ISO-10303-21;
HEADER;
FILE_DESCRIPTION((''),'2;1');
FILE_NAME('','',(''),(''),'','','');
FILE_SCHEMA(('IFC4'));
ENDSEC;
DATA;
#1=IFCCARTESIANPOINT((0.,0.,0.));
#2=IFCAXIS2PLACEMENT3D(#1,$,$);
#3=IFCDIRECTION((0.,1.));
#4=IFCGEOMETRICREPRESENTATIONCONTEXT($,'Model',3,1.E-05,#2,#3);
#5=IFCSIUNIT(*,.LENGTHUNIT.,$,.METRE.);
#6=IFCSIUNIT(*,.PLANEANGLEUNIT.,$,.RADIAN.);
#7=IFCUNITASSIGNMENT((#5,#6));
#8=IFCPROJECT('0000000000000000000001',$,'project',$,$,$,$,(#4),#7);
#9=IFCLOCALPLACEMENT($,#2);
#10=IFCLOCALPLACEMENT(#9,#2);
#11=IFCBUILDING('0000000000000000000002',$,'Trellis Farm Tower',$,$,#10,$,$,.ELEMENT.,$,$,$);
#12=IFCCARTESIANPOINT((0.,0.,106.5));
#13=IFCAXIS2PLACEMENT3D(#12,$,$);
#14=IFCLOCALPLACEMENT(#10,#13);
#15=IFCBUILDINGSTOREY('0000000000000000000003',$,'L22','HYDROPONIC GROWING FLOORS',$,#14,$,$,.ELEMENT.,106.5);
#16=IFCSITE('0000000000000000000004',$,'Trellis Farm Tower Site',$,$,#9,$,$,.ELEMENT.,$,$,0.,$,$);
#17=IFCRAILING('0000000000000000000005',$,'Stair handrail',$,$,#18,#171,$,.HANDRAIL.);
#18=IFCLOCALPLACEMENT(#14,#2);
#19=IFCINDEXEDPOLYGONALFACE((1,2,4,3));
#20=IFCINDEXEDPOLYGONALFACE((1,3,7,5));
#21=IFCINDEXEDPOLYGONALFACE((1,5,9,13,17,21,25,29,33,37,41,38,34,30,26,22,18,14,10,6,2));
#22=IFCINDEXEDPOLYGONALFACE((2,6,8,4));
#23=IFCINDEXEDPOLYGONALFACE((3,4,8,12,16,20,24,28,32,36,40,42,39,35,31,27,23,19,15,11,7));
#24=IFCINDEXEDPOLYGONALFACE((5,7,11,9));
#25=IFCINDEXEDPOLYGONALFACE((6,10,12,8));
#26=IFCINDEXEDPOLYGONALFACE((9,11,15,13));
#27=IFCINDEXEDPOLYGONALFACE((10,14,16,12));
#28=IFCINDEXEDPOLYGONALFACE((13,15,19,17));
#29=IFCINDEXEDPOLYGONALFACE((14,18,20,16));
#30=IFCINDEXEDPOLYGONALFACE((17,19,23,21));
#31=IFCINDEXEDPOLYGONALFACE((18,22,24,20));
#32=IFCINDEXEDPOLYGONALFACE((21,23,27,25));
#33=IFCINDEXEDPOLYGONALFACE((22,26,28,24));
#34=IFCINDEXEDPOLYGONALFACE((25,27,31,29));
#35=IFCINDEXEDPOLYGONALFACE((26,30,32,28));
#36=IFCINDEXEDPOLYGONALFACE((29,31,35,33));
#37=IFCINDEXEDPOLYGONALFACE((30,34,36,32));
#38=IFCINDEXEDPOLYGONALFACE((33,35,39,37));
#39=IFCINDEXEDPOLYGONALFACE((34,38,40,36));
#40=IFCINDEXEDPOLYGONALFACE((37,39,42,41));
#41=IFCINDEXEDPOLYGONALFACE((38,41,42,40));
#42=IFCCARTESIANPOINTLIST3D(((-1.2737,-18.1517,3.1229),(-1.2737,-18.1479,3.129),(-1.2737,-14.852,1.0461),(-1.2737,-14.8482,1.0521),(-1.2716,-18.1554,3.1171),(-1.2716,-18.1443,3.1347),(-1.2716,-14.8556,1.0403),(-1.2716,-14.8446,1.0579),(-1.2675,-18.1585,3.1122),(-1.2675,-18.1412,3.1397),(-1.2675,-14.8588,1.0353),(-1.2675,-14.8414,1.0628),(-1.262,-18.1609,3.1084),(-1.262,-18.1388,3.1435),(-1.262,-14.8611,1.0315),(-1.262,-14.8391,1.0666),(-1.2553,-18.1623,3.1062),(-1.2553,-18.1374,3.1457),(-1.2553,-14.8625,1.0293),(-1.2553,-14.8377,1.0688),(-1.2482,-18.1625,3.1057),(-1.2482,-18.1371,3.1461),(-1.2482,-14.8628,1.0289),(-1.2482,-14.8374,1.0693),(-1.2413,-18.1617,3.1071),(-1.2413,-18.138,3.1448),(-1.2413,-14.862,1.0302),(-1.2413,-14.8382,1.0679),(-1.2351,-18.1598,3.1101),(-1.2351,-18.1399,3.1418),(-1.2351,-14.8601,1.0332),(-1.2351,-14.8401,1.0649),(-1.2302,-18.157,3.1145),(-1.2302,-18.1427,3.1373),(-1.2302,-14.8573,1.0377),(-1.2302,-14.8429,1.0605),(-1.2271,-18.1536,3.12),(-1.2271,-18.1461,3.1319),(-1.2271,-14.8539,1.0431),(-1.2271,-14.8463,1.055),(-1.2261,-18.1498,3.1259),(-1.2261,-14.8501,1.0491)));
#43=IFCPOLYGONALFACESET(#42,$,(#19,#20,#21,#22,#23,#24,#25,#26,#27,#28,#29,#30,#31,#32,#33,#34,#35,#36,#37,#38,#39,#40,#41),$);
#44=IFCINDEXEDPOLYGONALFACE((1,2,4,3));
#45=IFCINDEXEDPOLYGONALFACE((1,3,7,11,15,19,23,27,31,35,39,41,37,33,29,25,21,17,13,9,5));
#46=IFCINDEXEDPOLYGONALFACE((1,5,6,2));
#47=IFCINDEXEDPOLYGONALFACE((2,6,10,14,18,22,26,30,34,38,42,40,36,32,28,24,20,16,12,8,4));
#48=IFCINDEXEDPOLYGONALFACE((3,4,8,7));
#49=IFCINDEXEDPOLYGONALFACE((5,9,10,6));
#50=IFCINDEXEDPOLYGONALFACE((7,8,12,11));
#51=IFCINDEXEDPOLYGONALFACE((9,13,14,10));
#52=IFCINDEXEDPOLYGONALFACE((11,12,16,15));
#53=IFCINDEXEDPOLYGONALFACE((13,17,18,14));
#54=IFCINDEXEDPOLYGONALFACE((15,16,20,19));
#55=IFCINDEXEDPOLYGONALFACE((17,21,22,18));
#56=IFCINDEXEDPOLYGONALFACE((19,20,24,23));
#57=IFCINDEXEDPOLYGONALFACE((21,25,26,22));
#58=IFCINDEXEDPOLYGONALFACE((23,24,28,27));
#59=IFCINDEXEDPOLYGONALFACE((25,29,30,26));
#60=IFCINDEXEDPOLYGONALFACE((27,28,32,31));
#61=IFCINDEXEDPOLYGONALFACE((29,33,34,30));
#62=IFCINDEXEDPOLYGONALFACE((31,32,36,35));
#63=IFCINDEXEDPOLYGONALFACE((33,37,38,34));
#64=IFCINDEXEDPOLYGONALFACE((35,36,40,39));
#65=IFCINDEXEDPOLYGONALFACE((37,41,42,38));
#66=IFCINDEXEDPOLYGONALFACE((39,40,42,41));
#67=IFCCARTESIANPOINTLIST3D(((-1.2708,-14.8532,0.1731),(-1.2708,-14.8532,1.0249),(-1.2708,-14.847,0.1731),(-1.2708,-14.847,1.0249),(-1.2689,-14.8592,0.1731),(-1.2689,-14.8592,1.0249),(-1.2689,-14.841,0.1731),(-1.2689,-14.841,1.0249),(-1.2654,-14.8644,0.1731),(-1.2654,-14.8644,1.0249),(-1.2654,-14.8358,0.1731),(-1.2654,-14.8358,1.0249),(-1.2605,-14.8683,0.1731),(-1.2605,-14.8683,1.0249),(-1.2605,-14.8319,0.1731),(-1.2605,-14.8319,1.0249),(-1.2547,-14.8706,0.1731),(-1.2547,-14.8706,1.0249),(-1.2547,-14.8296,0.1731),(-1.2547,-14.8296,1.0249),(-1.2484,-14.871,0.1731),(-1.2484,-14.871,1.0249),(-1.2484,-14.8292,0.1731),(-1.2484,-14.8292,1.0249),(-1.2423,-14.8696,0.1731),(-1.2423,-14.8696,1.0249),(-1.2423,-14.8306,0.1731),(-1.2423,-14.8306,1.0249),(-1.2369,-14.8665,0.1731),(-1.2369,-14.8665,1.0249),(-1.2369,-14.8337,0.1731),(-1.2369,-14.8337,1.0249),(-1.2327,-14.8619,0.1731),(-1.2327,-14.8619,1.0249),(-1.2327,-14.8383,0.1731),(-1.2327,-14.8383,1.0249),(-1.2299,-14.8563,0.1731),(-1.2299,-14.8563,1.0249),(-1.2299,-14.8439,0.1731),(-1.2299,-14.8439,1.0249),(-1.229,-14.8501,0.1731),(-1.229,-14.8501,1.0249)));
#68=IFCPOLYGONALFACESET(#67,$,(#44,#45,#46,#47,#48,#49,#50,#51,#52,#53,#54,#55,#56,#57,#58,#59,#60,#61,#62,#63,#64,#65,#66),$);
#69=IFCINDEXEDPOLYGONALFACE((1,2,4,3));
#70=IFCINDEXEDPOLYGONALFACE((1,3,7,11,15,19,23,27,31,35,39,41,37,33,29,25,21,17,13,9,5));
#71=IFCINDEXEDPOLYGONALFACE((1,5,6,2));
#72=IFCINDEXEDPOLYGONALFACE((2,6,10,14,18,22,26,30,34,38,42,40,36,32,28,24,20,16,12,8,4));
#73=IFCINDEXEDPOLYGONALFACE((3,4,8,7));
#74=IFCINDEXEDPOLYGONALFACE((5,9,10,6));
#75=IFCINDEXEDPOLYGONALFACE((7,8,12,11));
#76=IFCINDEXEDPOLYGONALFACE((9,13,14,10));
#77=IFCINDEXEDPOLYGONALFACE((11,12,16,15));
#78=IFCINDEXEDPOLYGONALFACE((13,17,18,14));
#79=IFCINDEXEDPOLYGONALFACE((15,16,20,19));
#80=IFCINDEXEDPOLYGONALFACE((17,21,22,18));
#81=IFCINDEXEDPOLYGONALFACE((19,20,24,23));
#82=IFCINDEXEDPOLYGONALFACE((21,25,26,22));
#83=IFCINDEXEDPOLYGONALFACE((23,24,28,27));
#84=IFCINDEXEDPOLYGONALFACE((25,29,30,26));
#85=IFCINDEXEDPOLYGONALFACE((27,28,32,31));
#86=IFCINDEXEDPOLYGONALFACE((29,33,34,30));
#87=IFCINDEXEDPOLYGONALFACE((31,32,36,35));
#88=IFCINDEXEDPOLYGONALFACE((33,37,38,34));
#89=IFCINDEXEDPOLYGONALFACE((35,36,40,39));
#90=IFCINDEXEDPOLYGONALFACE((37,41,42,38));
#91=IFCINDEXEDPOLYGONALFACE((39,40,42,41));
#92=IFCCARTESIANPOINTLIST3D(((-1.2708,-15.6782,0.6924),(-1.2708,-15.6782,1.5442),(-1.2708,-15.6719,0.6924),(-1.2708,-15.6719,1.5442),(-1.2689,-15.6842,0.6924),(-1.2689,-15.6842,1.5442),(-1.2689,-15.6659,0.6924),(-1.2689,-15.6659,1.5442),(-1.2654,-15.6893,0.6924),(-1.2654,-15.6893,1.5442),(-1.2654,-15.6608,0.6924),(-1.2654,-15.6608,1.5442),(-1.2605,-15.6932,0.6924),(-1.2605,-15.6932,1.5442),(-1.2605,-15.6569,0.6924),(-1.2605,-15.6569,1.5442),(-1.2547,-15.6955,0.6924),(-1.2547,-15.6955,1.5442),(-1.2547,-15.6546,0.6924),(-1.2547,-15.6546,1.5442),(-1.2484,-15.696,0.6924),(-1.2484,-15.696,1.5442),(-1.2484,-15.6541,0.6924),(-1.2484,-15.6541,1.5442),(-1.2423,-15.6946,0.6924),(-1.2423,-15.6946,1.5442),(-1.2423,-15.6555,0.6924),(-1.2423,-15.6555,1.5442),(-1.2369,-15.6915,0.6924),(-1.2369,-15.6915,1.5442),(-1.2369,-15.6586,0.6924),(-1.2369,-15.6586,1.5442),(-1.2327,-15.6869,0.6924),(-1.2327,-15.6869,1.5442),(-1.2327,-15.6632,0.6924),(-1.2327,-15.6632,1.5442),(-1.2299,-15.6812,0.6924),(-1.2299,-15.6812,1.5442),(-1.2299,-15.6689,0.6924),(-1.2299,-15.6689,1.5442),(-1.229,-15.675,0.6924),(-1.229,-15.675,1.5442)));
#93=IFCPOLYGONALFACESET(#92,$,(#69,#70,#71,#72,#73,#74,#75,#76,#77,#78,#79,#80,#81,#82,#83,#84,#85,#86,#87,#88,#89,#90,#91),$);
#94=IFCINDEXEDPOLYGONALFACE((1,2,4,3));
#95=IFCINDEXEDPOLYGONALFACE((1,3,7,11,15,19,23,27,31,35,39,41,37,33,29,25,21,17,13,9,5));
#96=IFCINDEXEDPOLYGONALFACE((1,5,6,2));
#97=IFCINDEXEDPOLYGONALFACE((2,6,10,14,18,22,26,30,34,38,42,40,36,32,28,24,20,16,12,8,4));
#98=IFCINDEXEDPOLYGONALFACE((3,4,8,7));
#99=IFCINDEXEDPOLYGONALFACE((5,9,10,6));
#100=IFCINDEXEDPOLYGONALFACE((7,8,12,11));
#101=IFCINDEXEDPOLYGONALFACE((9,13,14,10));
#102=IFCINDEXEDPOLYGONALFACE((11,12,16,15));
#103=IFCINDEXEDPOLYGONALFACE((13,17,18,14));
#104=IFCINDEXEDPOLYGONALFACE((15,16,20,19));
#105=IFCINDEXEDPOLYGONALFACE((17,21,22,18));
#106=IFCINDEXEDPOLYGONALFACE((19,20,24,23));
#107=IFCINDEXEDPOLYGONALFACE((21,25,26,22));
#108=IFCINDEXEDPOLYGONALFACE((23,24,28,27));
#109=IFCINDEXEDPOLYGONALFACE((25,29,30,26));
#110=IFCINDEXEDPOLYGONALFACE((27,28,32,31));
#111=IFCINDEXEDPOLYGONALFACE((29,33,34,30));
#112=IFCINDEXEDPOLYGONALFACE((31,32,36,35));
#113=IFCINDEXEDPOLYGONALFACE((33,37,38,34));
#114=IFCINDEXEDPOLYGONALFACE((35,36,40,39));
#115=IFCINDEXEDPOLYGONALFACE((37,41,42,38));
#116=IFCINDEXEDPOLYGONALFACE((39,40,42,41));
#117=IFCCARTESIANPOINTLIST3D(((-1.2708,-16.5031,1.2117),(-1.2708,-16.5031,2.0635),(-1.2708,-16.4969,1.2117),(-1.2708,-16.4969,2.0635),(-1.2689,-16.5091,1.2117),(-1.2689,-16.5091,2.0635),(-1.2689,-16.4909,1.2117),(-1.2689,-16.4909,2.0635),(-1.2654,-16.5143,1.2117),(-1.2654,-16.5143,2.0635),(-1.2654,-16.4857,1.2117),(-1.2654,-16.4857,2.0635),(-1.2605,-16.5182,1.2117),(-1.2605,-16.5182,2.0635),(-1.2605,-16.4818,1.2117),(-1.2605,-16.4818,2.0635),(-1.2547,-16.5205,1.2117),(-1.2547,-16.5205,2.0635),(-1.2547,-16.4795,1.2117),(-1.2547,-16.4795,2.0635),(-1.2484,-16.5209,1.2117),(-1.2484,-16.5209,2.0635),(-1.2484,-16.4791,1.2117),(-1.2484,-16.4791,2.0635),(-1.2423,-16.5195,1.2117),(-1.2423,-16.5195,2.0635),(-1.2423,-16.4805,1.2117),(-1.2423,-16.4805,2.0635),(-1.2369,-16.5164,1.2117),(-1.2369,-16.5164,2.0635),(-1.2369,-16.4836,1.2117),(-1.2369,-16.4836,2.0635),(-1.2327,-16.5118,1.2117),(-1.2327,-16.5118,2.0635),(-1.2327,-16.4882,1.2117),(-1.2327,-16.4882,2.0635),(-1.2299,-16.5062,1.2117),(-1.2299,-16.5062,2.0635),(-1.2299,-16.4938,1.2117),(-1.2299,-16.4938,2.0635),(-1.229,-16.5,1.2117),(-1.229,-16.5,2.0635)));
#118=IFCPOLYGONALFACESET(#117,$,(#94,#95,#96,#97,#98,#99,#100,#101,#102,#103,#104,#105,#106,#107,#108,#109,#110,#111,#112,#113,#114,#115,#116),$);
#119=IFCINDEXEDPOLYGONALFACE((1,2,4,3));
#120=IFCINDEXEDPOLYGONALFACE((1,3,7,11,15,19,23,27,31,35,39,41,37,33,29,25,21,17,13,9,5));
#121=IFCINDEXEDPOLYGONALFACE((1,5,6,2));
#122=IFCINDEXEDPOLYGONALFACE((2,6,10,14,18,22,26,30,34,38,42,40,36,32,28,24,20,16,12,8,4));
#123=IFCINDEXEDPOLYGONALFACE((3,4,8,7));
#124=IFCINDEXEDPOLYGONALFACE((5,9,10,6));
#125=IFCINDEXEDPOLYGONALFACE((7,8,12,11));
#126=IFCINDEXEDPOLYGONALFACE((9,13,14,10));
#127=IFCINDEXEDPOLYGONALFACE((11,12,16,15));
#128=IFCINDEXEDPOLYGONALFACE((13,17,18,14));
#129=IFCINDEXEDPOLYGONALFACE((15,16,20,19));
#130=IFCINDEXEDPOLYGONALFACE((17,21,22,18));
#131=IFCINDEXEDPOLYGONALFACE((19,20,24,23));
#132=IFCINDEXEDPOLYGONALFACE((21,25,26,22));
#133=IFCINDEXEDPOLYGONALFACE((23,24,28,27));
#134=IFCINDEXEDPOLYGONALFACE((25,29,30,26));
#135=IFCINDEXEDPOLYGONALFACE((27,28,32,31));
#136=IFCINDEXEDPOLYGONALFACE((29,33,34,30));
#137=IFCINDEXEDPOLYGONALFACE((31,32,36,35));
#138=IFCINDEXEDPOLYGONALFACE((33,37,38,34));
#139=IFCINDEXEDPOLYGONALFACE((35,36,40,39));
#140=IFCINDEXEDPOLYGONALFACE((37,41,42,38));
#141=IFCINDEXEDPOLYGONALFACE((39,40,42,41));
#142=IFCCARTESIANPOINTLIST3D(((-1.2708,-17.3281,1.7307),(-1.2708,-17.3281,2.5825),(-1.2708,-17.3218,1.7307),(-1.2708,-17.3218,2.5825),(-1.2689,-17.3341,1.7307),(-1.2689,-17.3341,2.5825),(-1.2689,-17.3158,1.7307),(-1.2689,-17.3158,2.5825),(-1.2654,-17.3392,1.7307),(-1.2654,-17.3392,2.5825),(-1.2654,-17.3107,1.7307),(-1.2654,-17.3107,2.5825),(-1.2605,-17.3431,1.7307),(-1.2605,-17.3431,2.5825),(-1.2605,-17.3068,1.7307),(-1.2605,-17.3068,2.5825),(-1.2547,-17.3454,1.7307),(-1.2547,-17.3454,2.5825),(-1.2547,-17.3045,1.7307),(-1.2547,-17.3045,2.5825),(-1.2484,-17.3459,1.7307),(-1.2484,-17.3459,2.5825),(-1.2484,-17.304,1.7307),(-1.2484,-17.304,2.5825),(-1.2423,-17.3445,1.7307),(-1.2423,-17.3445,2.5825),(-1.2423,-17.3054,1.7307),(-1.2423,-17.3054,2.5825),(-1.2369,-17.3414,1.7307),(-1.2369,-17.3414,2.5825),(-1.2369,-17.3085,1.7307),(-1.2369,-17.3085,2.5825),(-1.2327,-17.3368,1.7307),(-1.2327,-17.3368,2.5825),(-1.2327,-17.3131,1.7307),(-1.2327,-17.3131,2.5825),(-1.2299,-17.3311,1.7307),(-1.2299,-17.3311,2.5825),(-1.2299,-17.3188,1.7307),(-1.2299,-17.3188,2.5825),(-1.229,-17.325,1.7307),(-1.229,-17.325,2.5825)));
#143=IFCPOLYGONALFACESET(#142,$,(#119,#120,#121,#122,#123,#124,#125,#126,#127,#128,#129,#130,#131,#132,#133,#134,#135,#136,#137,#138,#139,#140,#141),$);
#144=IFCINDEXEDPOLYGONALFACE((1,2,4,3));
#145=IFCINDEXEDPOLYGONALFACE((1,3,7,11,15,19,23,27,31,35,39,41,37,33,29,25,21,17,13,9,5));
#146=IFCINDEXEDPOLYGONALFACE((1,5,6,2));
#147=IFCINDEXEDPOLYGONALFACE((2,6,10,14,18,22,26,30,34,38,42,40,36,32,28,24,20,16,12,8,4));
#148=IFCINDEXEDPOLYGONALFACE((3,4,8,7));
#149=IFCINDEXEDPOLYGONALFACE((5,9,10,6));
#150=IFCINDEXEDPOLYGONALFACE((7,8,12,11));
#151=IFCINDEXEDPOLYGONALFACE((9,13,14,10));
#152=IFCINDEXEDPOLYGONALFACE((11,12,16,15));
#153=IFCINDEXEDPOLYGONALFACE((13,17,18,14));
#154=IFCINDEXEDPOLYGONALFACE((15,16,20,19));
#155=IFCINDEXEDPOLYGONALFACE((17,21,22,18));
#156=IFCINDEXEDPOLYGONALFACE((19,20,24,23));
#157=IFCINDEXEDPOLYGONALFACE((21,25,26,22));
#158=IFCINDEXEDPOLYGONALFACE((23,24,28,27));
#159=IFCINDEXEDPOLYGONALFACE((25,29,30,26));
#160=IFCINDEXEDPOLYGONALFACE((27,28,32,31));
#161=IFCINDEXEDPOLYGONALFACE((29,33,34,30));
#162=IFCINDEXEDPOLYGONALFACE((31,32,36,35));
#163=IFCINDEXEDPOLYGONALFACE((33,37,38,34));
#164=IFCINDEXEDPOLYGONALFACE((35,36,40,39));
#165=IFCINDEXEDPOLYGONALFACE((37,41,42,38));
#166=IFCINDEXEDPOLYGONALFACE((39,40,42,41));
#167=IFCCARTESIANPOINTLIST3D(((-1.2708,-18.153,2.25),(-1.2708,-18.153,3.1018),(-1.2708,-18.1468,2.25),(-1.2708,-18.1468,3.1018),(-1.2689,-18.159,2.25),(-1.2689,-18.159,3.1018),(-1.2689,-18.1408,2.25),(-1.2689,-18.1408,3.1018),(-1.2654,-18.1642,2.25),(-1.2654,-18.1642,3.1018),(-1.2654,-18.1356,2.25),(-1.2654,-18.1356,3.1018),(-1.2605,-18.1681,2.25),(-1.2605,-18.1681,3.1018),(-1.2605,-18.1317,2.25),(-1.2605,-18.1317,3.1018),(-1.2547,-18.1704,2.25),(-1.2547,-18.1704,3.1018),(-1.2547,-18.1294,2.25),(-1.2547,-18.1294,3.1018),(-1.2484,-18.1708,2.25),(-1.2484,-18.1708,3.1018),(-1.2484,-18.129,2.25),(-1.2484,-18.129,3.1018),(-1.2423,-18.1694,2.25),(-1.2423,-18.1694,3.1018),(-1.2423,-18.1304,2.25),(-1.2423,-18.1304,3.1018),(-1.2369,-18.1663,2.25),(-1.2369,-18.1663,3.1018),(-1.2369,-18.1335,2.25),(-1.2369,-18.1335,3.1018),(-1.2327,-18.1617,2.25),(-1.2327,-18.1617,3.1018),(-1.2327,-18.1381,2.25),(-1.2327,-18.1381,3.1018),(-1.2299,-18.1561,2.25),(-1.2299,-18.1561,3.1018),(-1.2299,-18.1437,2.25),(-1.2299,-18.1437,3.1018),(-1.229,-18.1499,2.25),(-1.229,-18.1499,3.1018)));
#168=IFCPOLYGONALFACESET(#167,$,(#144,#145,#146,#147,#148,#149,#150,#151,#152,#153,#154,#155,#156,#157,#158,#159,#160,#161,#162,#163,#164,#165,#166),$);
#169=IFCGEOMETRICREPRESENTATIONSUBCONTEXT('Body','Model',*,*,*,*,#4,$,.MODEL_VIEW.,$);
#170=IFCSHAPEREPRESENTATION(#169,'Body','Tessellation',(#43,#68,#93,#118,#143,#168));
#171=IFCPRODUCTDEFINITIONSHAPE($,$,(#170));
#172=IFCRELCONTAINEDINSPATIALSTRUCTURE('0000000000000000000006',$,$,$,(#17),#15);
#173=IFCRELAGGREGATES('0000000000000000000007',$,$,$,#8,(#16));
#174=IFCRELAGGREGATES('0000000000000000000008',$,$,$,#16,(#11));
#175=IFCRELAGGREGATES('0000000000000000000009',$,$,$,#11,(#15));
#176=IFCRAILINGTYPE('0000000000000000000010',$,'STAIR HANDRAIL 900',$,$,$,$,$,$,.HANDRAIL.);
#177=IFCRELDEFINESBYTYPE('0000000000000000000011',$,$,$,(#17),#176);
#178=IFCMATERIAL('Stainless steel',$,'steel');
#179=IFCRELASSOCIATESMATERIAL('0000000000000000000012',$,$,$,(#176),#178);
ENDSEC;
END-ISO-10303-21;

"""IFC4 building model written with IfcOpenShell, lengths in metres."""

from ifc_helpers import new_model, si_unit, direction, frame, origin, origin_2d, place, context, subcontext, project, spatial, circle, extrude, source, transform, mapped, material, type_object, element, save


model = new_model("IFC4")

# Units and contexts
model_context = context("Model", 3, precision=1e-05, world=origin(), true_north=direction((0.0, 1.0)))
body_context = subcontext(model_context, "Body", "Model", "MODEL_VIEW")
ifc_project = project(units=[si_unit("LENGTHUNIT", "METRE"), si_unit("PLANEANGLEUNIT", "RADIAN")], contexts=[model_context])

# Site, building, storey
site_placement = place(None, origin())
site = spatial("IfcSite", under=ifc_project, at=site_placement, Name="Trellis Farm Tower Site", CompositionType="ELEMENT", RefElevation=0.0)
building_placement = place(site_placement, origin())
building = spatial("IfcBuilding", under=site, at=building_placement, Name="Trellis Farm Tower", CompositionType="ELEMENT")
storey_placement = place(building_placement, frame((0.0, 0.0, 106.5)))
storey = spatial("IfcBuildingStorey", under=building, at=storey_placement, Name="L22", Description="HYDROPONIC GROWING FLOORS", CompositionType="ELEMENT", Elevation=106.5)

# Railing
ifc_material_1 = material(Name="Stainless steel", Category="steel")
railing_type = type_object("IfcRailingType", Name="STAIR HANDRAIL 900", PredefinedType="HANDRAIL", material=ifc_material_1)
shared_shape_1 = source(origin(), body_context, "Body", "SweptSolid", [
    extrude(circle(Radius=0.0239, at=origin_2d()), frame((0.0, 0.0, 0.876), z_axis=(0.0, -0.84632, 0.532675), x_axis=(1.0, 0.0, 0.0)), (0.0, 0.0, 1.0), 3.8989),
    extrude(circle(Radius=0.021, at=origin_2d()), origin(), (0.0, 0.0, 1.0), 0.8518),
    extrude(circle(Radius=0.021, at=origin_2d()), frame((0.0, -0.825, 0.5193)), (0.0, 0.0, 1.0), 0.8518),
    extrude(circle(Radius=0.021, at=origin_2d()), frame((0.0, -1.6499, 1.0386)), (0.0, 0.0, 1.0), 0.8518),
    extrude(circle(Radius=0.021, at=origin_2d()), frame((0.0, -2.4749, 1.5576)), (0.0, 0.0, 1.0), 0.8518),
    extrude(circle(Radius=0.021, at=origin_2d()), frame((0.0, -3.2998, 2.0769)), (0.0, 0.0, 1.0), 0.8518),
])
railing_placement = place(storey_placement, frame((-1.25, -14.8501, 0.1731)))
element("IfcRailing", 1, at=railing_placement, inside=storey, type_object=railing_type, Name="Stair handrail", PredefinedType="HANDRAIL", context=body_context, shape_type="MappedRepresentation", body=[
    mapped(shared_shape_1, transform((0.0, 0.0, 0.0))),
])

save(model, "model.ifc")
